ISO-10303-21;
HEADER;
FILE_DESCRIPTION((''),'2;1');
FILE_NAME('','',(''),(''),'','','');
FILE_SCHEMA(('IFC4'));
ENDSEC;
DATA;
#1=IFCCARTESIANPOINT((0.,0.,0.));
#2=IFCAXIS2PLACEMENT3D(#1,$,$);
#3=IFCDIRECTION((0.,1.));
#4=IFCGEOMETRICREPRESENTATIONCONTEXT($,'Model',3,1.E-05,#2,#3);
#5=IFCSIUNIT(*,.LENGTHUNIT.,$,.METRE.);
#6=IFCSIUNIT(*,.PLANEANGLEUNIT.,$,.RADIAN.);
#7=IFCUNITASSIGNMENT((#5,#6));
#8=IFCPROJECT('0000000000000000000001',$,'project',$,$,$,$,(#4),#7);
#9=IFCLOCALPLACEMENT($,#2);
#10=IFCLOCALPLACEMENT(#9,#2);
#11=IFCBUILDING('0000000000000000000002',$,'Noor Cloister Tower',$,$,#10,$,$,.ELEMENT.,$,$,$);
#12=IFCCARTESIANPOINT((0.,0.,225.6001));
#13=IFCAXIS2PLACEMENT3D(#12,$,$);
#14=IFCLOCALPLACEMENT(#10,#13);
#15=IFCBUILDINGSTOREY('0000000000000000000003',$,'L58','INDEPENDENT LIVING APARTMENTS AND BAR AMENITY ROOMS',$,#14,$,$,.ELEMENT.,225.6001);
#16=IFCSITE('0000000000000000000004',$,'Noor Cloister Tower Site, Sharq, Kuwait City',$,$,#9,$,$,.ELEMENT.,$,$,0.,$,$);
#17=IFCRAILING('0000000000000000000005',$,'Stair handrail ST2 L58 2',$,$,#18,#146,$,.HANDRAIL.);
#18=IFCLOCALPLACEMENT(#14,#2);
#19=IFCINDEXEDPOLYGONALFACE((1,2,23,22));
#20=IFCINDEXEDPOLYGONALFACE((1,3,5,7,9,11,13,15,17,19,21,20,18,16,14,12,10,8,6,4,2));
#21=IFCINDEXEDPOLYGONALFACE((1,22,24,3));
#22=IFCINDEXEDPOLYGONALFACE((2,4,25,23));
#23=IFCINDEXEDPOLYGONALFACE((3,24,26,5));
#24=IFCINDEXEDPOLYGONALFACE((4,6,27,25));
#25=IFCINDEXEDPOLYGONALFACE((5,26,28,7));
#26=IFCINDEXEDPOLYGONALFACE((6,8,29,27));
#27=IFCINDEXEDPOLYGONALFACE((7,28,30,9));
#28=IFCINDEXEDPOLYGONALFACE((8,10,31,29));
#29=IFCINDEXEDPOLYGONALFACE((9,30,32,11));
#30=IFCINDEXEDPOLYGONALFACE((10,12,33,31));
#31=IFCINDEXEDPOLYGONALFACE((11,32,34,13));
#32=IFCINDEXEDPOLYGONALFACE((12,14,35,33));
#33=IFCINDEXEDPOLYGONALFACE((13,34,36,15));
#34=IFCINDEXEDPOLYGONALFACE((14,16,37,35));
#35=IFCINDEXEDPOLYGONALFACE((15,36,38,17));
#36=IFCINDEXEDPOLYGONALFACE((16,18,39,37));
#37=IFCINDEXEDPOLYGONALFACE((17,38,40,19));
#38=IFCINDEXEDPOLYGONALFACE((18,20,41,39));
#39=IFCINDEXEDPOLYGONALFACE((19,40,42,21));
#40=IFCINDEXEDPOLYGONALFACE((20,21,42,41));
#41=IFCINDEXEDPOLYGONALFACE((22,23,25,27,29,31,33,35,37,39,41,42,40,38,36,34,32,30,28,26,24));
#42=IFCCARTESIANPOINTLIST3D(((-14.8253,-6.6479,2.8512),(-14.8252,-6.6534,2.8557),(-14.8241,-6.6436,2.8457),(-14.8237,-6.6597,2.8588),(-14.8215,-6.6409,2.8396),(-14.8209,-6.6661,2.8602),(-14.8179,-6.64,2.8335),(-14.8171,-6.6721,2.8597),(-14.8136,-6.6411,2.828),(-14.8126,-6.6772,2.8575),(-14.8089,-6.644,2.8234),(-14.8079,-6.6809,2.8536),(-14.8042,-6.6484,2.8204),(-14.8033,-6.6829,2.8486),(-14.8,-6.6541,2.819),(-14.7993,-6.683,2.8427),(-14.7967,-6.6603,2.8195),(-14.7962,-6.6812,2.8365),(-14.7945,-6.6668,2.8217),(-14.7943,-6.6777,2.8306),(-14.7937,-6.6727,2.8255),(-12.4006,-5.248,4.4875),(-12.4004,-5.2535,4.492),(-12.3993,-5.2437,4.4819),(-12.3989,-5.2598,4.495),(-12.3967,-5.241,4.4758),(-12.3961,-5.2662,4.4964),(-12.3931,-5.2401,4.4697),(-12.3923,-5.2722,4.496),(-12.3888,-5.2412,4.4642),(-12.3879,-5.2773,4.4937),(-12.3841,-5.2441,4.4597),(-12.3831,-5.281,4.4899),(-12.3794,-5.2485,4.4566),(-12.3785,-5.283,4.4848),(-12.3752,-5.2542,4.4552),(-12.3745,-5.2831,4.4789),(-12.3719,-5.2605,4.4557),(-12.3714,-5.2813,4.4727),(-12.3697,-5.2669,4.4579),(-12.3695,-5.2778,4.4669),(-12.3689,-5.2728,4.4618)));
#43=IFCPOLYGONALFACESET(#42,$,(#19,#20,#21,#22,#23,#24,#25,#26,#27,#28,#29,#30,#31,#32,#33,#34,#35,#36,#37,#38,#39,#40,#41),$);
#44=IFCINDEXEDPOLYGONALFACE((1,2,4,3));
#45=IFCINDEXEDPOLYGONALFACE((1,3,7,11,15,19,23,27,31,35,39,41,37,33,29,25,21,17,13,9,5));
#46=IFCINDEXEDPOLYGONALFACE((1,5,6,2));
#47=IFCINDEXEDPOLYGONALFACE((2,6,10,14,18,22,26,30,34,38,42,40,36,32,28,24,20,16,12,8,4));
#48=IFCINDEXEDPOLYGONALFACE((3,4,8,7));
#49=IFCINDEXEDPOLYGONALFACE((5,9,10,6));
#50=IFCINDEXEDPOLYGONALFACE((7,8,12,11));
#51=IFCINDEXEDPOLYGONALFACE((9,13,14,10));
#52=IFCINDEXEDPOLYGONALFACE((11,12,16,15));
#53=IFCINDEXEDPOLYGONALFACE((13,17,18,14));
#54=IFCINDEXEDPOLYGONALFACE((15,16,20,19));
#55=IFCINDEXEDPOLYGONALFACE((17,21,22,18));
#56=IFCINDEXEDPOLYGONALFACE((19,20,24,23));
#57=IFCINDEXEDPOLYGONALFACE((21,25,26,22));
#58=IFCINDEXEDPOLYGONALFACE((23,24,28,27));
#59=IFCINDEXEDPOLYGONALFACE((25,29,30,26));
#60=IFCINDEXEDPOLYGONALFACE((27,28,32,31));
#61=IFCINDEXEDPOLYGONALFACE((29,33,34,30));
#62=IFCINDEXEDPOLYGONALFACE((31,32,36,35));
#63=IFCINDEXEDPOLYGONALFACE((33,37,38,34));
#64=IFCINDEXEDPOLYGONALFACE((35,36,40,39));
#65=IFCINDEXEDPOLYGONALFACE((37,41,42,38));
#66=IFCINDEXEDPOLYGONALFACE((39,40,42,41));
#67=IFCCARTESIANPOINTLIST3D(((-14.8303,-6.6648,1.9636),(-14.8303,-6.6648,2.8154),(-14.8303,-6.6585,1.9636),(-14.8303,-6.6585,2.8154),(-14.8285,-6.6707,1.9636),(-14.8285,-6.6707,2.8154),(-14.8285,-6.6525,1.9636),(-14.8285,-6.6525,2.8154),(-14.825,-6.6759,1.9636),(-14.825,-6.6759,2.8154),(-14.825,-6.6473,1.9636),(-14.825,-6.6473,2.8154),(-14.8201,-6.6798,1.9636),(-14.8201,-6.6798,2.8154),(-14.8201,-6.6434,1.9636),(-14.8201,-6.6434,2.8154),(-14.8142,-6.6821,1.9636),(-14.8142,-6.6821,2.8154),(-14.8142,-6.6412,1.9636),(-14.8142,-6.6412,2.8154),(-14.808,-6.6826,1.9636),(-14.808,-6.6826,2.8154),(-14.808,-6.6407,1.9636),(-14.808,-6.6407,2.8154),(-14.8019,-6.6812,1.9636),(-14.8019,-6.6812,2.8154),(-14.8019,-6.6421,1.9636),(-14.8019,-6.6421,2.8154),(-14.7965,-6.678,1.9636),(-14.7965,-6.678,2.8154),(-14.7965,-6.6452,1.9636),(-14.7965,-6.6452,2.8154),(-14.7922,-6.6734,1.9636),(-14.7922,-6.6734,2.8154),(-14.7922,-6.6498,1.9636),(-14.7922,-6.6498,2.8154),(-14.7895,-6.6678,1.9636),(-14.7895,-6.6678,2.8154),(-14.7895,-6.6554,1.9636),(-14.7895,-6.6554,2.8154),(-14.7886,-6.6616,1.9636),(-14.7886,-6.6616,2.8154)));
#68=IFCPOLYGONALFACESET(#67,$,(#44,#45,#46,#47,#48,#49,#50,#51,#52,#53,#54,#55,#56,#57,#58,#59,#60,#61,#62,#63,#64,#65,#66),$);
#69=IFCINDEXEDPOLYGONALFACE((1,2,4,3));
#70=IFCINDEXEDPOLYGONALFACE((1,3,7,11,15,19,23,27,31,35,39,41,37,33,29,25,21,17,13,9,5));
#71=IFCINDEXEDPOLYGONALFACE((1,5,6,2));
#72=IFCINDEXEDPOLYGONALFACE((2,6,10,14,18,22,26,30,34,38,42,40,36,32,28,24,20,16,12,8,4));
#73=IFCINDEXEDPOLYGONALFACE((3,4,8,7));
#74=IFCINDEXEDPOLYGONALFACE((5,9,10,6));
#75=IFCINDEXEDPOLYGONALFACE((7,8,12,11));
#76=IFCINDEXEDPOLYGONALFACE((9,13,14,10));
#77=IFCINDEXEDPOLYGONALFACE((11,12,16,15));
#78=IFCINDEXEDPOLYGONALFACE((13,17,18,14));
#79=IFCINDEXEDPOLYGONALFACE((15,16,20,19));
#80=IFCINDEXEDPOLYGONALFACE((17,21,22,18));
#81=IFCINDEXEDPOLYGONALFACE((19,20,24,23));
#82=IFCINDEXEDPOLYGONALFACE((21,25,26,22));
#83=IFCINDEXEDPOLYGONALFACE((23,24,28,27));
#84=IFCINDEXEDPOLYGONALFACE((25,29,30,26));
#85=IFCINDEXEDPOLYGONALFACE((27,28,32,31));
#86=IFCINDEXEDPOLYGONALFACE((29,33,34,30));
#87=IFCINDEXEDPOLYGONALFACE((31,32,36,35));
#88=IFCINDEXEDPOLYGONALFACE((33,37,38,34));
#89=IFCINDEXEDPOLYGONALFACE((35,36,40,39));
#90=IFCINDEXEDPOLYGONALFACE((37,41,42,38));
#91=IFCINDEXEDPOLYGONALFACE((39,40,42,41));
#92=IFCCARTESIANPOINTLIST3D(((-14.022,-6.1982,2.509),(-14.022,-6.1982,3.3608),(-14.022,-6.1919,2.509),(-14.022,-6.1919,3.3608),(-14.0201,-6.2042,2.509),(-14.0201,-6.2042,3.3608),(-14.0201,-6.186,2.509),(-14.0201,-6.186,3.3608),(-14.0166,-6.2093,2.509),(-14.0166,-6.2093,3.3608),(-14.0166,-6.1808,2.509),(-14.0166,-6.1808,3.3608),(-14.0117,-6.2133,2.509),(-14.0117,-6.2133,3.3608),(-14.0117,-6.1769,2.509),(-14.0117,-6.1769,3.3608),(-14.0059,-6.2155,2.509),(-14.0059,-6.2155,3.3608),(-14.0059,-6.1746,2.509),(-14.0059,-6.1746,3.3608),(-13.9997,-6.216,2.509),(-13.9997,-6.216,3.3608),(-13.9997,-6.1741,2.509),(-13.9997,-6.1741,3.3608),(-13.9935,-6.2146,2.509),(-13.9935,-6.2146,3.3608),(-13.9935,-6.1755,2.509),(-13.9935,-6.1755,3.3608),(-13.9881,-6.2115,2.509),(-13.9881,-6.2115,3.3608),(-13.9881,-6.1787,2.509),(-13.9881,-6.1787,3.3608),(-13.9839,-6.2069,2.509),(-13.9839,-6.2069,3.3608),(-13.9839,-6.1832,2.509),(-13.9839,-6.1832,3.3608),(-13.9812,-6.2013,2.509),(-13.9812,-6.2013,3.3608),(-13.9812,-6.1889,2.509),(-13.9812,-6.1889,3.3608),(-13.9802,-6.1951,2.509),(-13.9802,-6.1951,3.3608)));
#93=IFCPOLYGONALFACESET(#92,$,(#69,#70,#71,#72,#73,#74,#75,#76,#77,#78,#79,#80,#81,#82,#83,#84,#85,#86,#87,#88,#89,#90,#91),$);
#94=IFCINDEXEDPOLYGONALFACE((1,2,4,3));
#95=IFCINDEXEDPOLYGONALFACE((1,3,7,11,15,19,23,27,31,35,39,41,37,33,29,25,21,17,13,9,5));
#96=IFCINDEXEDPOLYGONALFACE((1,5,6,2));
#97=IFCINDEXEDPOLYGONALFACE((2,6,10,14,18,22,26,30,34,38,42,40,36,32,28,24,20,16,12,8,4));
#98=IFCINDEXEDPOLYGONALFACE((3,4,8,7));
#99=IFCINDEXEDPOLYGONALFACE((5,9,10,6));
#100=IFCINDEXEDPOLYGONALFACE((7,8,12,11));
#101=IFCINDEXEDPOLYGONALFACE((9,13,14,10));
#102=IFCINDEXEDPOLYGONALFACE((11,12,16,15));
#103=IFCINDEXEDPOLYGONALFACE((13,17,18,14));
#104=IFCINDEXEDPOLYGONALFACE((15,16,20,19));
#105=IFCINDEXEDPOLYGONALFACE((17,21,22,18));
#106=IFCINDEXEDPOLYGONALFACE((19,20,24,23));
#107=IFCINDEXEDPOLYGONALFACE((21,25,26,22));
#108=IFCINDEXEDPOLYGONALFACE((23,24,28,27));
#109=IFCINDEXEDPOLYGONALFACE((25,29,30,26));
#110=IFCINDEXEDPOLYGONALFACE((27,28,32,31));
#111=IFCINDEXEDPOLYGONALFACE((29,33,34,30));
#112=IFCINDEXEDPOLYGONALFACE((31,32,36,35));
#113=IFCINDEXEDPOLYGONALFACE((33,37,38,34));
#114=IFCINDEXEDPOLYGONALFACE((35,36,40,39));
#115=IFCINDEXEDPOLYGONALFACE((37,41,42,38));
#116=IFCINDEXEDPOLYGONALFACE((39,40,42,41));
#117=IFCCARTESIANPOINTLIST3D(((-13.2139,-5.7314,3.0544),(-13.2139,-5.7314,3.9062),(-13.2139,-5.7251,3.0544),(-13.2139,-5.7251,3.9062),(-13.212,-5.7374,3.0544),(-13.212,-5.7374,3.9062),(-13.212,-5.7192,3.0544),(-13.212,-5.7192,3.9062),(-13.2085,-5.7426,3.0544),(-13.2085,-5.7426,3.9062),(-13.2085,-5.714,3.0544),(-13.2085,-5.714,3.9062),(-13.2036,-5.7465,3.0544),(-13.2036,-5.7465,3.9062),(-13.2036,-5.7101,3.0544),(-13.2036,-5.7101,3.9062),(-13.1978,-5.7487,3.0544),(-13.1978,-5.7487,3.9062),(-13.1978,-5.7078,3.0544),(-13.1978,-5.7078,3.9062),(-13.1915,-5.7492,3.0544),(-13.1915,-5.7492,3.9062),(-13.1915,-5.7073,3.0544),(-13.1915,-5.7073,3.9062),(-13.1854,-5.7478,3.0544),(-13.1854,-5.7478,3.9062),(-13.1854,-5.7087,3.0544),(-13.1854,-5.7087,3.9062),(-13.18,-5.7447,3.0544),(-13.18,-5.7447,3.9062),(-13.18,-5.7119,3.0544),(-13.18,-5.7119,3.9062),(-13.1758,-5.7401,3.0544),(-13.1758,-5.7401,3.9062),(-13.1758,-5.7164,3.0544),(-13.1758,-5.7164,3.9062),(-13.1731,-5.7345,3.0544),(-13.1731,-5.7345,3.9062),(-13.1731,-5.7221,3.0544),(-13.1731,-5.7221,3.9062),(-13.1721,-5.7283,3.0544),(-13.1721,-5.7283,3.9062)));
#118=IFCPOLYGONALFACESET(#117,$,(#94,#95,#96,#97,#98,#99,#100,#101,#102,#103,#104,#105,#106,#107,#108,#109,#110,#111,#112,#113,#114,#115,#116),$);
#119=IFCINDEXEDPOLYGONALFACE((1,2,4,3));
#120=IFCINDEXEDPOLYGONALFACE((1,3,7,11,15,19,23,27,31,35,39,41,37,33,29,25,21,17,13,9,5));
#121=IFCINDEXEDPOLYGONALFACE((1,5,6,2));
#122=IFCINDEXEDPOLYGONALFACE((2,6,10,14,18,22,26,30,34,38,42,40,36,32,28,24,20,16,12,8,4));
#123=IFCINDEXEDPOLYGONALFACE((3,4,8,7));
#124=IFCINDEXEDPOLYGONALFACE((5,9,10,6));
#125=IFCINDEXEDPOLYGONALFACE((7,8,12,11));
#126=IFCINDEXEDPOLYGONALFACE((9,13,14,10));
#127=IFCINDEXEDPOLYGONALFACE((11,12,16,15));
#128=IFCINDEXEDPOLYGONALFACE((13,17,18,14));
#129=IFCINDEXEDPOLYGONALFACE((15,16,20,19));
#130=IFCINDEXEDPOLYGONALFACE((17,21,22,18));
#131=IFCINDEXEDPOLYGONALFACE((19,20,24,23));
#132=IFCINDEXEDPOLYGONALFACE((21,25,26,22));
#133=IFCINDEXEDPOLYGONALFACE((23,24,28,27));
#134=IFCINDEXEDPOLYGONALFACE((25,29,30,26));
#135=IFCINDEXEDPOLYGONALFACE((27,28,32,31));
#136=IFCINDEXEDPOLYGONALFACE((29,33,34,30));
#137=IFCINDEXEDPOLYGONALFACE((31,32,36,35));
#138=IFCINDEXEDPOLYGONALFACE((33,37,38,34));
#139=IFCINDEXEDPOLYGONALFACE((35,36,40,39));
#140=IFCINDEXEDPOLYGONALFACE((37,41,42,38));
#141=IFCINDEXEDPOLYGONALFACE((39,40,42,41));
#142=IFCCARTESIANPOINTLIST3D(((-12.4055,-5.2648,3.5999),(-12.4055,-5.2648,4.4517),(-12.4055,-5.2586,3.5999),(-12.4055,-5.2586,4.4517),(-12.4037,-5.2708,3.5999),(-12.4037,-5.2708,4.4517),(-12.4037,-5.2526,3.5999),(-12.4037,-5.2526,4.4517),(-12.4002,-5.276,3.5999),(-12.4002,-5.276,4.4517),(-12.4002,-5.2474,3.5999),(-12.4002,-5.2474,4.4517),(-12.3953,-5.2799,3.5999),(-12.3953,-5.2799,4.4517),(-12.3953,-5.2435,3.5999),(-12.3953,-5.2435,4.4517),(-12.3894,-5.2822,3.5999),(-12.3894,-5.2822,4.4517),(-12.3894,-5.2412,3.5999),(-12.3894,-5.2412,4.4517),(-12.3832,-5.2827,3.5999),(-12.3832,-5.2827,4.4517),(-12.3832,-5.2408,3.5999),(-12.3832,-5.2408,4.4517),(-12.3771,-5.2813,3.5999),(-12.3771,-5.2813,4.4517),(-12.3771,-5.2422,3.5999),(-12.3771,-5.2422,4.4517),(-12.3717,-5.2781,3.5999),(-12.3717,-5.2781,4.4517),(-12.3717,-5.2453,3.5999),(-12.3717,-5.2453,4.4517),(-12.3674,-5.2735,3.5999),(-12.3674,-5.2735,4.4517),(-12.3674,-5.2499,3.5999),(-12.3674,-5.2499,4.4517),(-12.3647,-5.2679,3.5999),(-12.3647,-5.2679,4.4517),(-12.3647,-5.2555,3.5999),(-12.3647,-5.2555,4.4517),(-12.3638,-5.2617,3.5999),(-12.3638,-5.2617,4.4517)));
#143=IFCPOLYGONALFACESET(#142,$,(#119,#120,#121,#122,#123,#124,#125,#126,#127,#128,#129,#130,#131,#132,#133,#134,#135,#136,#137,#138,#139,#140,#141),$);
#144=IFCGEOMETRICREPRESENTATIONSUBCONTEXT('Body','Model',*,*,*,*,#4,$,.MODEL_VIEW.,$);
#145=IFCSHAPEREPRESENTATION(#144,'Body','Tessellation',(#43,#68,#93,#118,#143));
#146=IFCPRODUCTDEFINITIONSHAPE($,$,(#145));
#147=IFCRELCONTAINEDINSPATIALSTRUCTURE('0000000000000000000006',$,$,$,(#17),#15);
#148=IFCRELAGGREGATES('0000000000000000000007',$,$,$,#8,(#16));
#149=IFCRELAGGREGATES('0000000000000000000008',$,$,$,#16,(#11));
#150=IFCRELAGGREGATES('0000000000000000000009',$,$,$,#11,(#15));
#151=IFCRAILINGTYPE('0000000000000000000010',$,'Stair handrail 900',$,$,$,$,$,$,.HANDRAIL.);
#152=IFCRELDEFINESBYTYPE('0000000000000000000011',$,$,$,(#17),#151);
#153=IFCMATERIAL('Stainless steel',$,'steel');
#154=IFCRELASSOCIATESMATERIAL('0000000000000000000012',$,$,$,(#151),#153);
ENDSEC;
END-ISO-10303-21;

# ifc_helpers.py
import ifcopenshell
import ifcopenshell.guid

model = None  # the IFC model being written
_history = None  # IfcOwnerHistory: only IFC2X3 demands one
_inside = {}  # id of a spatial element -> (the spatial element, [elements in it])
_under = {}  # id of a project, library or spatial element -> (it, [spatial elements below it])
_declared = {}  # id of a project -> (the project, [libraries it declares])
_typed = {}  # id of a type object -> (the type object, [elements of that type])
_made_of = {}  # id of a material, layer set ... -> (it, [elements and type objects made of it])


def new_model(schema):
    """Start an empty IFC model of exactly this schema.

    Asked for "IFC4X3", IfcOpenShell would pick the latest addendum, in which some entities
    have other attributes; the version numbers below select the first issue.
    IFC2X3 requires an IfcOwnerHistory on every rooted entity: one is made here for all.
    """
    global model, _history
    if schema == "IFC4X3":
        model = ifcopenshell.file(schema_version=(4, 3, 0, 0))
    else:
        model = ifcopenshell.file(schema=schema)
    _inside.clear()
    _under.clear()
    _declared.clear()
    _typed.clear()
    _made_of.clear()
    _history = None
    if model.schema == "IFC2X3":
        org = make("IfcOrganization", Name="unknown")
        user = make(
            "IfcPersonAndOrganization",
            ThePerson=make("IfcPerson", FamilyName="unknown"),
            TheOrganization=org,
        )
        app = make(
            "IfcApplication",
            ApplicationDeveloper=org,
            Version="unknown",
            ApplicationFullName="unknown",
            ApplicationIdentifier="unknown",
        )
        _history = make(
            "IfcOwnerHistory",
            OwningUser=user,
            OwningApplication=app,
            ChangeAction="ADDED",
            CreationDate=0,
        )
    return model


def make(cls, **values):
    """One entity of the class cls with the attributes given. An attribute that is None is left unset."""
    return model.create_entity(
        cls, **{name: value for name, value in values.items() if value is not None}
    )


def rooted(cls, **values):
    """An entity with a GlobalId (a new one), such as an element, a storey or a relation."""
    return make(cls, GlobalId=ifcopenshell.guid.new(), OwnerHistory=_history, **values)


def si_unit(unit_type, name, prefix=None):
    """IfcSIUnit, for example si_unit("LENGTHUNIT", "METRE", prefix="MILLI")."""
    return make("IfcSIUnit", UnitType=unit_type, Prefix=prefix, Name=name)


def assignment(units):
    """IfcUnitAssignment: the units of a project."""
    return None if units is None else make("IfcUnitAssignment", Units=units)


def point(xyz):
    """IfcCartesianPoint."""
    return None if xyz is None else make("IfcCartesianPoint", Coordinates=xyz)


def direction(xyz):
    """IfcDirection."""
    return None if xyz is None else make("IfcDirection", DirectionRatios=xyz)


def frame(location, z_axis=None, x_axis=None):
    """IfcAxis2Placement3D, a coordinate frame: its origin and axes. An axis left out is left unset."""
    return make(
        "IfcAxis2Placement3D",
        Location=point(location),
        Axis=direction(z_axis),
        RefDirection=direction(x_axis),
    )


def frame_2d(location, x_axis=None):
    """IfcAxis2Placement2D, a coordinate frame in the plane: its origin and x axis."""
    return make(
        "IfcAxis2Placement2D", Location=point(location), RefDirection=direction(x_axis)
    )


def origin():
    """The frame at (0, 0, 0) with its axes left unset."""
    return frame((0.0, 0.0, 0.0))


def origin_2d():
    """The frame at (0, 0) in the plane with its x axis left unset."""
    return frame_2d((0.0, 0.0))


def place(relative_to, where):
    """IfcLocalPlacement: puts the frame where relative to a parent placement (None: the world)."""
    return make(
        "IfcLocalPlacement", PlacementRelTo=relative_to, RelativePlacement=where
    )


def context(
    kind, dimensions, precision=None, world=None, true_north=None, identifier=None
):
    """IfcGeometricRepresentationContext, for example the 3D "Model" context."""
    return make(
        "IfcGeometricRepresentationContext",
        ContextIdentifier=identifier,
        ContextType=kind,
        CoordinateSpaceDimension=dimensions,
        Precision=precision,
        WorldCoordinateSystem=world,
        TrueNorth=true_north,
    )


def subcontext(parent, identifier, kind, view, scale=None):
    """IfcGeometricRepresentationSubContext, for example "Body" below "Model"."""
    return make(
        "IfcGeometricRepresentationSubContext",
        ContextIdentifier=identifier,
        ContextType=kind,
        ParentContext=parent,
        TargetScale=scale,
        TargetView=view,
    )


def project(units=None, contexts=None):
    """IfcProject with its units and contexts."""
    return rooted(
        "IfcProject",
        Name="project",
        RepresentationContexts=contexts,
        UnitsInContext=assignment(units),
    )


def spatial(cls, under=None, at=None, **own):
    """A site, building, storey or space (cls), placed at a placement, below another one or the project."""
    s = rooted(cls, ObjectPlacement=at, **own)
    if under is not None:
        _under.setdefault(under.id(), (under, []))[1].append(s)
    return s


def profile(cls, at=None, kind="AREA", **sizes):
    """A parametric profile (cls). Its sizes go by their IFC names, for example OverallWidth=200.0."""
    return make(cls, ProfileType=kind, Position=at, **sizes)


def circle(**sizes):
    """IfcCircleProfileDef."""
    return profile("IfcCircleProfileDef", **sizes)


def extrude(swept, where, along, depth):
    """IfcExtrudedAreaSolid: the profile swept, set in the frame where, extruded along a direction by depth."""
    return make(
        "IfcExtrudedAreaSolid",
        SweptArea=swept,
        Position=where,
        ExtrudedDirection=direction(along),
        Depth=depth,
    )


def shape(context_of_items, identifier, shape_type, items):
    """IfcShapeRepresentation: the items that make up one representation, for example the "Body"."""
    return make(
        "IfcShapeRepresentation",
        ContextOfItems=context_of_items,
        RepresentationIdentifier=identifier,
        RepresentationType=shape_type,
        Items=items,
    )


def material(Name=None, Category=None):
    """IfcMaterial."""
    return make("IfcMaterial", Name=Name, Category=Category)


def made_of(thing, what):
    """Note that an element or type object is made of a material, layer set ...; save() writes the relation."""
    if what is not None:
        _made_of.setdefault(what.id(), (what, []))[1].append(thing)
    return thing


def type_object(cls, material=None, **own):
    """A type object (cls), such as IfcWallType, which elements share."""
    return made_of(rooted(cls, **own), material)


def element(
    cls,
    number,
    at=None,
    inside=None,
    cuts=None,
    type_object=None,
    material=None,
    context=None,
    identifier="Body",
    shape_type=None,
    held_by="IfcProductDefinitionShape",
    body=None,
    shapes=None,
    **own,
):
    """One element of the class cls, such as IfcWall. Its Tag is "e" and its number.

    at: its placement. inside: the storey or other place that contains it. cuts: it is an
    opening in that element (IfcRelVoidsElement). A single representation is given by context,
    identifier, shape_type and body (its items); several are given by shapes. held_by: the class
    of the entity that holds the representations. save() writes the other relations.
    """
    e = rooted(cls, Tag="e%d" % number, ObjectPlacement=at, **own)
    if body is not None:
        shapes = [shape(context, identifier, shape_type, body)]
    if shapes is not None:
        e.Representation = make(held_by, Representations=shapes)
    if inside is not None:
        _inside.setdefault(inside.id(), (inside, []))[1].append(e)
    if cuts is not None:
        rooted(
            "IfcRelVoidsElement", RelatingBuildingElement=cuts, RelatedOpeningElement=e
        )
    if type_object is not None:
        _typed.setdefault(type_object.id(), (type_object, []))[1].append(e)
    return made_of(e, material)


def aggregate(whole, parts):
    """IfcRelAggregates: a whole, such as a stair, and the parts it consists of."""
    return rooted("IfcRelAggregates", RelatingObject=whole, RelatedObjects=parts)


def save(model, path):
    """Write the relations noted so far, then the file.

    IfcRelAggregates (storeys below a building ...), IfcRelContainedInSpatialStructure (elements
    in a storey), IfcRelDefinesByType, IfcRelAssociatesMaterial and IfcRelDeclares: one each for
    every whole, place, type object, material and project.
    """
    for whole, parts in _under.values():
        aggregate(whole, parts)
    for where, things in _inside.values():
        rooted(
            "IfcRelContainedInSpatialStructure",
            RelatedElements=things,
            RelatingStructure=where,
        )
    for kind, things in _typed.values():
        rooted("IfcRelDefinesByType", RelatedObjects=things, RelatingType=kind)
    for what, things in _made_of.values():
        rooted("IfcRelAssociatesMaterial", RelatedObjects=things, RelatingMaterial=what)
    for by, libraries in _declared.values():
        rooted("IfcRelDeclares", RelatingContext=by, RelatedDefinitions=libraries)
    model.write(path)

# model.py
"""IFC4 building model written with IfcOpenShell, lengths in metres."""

from ifc_helpers import new_model, si_unit, direction, frame, origin, origin_2d, place, context, subcontext, project, spatial, circle, extrude, material, type_object, element, save


model = new_model("IFC4")

# Units and contexts
model_context = context("Model", 3, precision=1e-05, world=origin(), true_north=direction((0.0, 1.0)))
body_context = subcontext(model_context, "Body", "Model", "MODEL_VIEW")
ifc_project = project(units=[si_unit("LENGTHUNIT", "METRE"), si_unit("PLANEANGLEUNIT", "RADIAN")], contexts=[model_context])

# Site, building, storey
site_placement = place(None, origin())
site = spatial("IfcSite", under=ifc_project, at=site_placement, Name="Noor Cloister Tower Site, Sharq, Kuwait City", CompositionType="ELEMENT", RefElevation=0.0)
building_placement = place(site_placement, origin())
building = spatial("IfcBuilding", under=site, at=building_placement, Name="Noor Cloister Tower", CompositionType="ELEMENT")
storey_placement = place(building_placement, frame((0.0, 0.0, 225.6001)))
storey = spatial("IfcBuildingStorey", under=building, at=storey_placement, Name="L58", Description="INDEPENDENT LIVING APARTMENTS AND BAR AMENITY ROOMS", CompositionType="ELEMENT", Elevation=225.6001)

# Railing
ifc_material_1 = material(Name="Stainless steel", Category="steel")
railing_type_1 = type_object("IfcRailingType", Name="Stair handrail 900", PredefinedType="HANDRAIL", material=ifc_material_1)
railing_1_placement = place(storey_placement, frame((-14.8096, -6.6616, 1.9636)))
element("IfcRailing", 1, at=railing_1_placement, inside=storey, type_object=railing_type_1, Name="Stair handrail ST2 L58 2", PredefinedType="HANDRAIL", context=body_context, shape_type="SweptSolid", body=[
    extrude(circle(Radius=0.0239, at=origin_2d()), frame((0.0, 0.0, 0.876), z_axis=(0.747718, 0.431677, 0.504552), x_axis=(-0.499984, 0.866035, 0.0)), (0.0, 0.0, 1.0), 3.2429),
    extrude(circle(Radius=0.021, at=origin_2d()), origin(), (0.0, 0.0, 1.0), 0.8518),
    extrude(circle(Radius=0.021, at=origin_2d()), frame((0.8083, 0.4666, 0.5454)), (0.0, 0.0, 1.0), 0.8518),
    extrude(circle(Radius=0.021, at=origin_2d()), frame((1.6165, 0.9333, 1.0908)), (0.0, 0.0, 1.0), 0.8518),
    extrude(circle(Radius=0.021, at=origin_2d()), frame((2.4248, 1.3999, 1.6362)), (0.0, 0.0, 1.0), 0.8518),
])

save(model, "model.ifc")
